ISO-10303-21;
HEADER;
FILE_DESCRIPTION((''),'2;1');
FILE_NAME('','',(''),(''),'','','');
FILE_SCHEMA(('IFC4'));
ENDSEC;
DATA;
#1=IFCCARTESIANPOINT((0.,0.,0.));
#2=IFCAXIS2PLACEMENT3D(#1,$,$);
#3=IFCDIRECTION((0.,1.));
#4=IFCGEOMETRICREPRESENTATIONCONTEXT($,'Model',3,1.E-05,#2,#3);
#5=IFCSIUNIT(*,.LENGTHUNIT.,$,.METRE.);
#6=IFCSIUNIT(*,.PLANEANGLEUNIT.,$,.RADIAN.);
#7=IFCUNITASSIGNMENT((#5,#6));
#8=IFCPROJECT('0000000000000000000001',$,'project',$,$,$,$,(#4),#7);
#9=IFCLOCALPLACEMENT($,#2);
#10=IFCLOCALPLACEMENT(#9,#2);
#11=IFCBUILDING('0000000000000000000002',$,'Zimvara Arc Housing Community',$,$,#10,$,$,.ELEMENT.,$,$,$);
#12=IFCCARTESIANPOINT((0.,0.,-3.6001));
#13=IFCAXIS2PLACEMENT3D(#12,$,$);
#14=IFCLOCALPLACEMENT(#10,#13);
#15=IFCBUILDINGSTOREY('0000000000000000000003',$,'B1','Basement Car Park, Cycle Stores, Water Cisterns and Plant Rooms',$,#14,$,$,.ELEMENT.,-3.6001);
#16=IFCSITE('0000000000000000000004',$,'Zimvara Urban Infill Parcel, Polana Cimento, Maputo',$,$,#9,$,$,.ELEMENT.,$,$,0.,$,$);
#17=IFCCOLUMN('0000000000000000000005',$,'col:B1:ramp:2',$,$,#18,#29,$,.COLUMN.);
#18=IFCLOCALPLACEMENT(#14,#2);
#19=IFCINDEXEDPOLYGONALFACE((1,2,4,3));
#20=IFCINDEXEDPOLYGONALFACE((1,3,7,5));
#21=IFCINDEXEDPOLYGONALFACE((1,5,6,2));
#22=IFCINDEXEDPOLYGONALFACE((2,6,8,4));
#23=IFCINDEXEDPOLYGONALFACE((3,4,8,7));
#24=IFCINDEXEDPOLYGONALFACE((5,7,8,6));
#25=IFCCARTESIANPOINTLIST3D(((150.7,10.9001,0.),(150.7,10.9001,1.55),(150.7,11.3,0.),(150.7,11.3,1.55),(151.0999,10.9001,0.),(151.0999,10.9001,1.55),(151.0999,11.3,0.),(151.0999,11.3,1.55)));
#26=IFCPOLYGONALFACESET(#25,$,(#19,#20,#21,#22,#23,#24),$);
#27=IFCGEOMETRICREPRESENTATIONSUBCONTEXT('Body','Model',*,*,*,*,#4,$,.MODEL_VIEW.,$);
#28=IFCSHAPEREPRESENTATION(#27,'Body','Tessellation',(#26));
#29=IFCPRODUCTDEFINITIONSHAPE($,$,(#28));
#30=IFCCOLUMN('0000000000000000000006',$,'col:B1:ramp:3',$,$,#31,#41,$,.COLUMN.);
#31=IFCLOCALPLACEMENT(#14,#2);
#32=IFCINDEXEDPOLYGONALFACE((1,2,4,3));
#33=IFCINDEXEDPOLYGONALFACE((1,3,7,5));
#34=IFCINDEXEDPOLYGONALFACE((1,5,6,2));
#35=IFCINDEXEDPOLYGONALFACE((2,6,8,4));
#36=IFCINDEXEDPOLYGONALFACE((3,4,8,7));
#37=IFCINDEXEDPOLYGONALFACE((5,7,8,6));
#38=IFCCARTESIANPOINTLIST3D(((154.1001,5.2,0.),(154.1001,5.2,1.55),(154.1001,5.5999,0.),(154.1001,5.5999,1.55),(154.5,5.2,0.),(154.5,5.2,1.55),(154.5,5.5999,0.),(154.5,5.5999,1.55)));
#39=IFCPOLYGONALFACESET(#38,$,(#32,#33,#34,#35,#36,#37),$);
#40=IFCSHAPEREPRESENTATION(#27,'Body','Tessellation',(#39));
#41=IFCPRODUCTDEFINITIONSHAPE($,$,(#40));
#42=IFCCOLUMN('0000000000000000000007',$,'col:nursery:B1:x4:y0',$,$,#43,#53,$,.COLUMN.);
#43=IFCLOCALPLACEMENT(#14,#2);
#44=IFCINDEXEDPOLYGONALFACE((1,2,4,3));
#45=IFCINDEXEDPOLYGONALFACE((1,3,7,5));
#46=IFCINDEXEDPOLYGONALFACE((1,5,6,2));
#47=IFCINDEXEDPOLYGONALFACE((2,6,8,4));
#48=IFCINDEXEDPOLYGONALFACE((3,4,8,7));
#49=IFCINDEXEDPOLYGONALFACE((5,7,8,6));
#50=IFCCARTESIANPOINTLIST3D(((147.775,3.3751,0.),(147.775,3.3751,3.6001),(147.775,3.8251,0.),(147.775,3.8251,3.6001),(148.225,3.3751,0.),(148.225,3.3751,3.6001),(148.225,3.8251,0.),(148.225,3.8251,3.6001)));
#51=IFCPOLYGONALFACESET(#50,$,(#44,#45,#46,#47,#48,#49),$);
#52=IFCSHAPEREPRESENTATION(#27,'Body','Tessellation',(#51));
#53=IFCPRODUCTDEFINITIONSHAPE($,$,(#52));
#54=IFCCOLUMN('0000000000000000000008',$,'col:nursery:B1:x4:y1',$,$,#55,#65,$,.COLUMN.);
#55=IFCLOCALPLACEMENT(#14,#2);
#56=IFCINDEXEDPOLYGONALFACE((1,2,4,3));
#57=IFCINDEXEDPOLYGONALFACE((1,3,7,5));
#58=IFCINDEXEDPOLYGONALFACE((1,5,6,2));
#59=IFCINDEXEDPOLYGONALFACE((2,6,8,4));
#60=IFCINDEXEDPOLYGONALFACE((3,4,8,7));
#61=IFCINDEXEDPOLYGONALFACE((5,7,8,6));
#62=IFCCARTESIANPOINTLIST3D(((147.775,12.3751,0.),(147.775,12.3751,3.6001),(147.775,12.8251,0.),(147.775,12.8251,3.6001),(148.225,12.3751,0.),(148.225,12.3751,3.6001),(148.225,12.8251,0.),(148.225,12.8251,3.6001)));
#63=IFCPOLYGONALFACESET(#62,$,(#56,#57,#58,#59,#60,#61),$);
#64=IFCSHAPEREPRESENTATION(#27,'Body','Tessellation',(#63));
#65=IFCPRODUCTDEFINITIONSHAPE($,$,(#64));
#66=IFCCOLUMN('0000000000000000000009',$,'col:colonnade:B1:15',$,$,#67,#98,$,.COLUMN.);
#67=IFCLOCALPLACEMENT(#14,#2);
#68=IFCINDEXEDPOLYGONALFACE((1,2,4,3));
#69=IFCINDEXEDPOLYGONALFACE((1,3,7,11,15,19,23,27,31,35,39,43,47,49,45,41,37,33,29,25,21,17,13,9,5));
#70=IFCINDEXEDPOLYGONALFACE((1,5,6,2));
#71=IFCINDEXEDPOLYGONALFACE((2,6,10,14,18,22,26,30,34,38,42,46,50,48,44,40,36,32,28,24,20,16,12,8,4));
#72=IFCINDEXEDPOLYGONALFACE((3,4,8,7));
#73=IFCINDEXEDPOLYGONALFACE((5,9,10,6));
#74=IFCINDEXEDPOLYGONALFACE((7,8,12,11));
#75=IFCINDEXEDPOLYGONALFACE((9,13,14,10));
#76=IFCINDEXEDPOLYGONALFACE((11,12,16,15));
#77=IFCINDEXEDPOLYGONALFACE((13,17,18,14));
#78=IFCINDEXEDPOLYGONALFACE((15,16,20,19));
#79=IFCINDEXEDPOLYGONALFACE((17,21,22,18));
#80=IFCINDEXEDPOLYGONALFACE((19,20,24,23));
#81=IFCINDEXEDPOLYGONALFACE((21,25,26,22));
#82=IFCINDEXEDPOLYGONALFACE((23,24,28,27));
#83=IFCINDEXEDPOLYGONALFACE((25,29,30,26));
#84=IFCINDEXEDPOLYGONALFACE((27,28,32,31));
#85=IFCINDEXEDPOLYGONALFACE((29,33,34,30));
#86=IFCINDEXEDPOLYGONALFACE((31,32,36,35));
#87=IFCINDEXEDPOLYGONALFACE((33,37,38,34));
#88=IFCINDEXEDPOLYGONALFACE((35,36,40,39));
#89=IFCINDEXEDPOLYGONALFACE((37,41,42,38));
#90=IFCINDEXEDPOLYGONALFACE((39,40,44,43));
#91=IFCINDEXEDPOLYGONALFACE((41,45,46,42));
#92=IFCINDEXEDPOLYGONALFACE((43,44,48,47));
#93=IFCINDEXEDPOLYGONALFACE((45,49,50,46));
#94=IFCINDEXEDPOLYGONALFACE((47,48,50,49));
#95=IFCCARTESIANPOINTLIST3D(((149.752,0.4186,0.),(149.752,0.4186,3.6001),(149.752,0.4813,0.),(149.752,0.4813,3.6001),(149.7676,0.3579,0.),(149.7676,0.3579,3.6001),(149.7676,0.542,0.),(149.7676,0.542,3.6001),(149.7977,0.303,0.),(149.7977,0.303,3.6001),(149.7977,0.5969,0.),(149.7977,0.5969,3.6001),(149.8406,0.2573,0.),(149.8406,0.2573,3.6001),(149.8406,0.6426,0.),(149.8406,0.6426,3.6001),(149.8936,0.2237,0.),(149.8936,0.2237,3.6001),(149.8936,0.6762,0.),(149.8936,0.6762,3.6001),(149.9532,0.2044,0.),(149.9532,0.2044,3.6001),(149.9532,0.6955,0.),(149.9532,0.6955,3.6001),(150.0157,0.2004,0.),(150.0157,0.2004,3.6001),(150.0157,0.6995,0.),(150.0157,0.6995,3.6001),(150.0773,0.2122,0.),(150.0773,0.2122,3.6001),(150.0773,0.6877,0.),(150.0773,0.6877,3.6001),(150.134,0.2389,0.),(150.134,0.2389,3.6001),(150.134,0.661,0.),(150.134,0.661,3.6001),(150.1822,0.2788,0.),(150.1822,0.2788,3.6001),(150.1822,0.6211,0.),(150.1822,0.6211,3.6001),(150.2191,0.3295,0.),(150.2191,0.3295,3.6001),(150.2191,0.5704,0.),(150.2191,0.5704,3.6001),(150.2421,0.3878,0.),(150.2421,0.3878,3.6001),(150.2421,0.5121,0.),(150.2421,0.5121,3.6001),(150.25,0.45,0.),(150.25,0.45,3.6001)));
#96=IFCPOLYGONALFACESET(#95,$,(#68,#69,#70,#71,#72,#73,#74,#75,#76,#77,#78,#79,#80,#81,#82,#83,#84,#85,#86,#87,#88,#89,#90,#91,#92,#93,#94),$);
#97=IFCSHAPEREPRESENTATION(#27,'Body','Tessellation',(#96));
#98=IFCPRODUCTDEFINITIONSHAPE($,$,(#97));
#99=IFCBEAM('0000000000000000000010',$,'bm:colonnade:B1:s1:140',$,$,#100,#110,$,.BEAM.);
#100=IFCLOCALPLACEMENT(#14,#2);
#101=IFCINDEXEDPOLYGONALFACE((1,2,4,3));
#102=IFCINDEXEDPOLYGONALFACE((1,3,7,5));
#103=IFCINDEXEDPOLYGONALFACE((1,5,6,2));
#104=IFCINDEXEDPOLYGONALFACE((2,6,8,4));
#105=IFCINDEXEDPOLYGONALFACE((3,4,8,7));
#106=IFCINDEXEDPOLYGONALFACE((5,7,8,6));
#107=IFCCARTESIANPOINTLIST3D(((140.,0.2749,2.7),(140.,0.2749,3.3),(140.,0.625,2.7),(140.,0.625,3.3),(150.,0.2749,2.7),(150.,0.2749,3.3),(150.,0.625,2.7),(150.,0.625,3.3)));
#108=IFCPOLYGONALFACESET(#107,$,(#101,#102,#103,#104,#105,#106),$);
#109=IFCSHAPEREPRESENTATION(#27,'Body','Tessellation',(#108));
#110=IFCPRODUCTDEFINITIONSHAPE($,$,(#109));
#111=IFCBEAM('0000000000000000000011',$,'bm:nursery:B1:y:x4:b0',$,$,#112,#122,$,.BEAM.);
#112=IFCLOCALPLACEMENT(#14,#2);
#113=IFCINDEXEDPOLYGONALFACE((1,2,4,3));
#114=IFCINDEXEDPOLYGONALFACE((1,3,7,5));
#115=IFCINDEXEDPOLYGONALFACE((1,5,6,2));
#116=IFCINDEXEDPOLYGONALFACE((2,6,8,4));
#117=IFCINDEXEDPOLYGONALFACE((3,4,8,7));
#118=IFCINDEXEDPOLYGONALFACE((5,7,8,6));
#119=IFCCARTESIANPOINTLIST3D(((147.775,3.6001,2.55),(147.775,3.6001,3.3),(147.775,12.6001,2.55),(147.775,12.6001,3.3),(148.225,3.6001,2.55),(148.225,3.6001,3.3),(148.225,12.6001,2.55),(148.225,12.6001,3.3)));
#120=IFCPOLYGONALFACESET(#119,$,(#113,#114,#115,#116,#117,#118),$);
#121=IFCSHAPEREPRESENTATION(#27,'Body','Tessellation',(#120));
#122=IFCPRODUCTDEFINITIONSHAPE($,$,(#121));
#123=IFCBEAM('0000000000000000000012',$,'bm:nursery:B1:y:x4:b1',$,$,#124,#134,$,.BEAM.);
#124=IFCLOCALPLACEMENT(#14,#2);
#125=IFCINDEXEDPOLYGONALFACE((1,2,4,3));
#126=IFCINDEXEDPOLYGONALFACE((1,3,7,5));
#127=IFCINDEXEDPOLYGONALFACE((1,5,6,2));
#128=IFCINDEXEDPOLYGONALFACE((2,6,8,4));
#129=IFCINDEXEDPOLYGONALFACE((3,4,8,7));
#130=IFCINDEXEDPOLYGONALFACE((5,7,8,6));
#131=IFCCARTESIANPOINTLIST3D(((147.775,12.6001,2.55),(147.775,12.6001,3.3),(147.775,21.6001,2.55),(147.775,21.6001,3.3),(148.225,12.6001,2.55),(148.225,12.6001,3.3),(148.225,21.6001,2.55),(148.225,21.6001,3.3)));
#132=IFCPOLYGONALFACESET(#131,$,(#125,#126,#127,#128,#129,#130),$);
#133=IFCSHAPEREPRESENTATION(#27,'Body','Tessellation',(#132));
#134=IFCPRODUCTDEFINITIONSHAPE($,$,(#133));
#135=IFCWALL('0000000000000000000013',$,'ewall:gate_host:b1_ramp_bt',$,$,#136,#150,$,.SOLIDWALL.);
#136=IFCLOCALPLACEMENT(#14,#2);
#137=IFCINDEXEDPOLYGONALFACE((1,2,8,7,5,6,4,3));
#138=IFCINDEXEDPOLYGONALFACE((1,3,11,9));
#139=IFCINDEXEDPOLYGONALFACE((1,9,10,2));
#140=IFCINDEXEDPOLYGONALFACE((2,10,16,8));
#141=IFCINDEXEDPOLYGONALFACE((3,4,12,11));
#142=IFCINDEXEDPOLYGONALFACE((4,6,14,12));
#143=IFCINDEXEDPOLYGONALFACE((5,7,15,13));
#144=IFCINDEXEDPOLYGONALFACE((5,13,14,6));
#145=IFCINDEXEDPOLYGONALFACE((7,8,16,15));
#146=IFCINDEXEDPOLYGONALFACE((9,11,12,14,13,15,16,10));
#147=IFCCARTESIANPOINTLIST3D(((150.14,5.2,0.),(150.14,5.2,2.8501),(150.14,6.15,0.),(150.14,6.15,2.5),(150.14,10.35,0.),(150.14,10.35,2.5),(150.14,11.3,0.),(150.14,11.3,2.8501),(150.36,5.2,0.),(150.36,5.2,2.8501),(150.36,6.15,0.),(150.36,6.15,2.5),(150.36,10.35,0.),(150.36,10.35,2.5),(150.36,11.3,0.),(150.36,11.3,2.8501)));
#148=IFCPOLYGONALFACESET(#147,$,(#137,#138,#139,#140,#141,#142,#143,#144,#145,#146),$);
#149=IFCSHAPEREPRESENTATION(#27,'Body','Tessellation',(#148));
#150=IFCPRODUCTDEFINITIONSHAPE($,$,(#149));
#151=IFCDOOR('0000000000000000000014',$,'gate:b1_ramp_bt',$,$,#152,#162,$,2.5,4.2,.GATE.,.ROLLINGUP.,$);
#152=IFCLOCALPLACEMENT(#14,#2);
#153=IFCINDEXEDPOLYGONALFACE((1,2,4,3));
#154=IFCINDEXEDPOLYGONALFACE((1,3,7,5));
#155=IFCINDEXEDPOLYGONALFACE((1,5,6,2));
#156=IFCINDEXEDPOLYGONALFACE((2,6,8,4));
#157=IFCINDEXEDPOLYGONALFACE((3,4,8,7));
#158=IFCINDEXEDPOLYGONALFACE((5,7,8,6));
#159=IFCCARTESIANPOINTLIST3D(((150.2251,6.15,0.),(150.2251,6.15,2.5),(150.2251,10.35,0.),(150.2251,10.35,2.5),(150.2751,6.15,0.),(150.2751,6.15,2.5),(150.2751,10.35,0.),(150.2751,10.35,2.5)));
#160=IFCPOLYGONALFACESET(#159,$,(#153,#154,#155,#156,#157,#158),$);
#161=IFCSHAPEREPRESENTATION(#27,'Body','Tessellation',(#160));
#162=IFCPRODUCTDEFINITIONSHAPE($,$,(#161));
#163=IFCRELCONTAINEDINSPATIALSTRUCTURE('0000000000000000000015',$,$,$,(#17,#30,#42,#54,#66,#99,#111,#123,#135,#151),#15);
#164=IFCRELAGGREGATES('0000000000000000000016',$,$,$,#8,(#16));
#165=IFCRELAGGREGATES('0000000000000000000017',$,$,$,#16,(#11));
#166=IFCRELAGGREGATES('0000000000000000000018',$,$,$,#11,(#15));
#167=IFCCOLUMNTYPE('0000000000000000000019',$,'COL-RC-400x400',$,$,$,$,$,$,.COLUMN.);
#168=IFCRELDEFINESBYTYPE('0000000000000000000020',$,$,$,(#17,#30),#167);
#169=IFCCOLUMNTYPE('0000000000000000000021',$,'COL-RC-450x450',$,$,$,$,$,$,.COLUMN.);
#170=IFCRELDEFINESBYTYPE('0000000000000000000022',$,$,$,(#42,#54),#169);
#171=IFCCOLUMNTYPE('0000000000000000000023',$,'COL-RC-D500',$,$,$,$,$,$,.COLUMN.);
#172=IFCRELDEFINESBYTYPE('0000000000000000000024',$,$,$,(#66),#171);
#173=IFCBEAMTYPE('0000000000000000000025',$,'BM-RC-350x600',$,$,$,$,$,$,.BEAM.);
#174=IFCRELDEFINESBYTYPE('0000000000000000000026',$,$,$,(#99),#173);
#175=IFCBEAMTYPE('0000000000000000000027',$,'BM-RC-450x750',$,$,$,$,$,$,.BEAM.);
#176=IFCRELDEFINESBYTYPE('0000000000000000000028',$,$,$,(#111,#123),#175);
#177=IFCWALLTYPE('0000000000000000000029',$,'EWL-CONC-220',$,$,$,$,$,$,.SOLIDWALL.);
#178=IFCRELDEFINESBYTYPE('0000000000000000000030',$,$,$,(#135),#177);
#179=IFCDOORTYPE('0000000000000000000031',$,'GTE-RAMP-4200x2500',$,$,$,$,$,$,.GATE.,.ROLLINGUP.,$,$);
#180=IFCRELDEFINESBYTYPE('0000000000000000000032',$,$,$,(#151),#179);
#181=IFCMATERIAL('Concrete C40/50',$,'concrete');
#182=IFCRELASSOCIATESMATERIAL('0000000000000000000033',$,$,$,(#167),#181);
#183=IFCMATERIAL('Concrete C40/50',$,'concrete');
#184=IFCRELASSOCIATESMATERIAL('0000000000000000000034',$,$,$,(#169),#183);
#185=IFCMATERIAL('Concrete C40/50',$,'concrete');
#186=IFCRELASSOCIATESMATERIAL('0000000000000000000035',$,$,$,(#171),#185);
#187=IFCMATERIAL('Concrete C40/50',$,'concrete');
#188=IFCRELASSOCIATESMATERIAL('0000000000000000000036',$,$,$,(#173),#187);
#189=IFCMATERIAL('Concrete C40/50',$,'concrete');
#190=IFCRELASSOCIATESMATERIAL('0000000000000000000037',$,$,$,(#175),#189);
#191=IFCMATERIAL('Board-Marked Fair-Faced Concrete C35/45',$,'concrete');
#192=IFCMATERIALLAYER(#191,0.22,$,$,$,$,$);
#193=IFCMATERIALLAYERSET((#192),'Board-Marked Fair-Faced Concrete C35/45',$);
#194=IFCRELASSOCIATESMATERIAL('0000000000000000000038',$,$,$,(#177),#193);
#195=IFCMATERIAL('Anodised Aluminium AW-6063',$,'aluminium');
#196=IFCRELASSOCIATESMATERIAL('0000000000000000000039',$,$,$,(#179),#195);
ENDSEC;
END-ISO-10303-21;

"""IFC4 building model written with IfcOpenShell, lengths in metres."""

from ifc_helpers import new_model, si_unit, direction, frame, frame_2d, origin, origin_2d, place, context, subcontext, project, spatial, rectangle, circle, extrude, material, layer, layer_set, material_profile, profile_set, type_object, element, fill, save


model = new_model("IFC4")

# Units and contexts
model_context = context("Model", 3, precision=1e-05, world=origin(), true_north=direction((0.0, 1.0)))
body_context = subcontext(model_context, "Body", "Model", "MODEL_VIEW")
ifc_project = project(units=[si_unit("LENGTHUNIT", "METRE"), si_unit("PLANEANGLEUNIT", "RADIAN")], contexts=[model_context])

# Site, building, storey
site_placement = place(None, origin())
site = spatial("IfcSite", under=ifc_project, at=site_placement, Name="Zimvara Urban Infill Parcel, Polana Cimento, Maputo", CompositionType="ELEMENT", RefElevation=0.0)
building_placement = place(site_placement, origin())
building = spatial("IfcBuilding", under=site, at=building_placement, Name="Zimvara Arc Housing Community", CompositionType="ELEMENT")
storey_placement = place(building_placement, frame((0.0, 0.0, -3.6001)))
storey = spatial("IfcBuildingStorey", under=building, at=storey_placement, Name="B1", Description="Basement Car Park, Cycle Stores, Water Cisterns and Plant Rooms", CompositionType="ELEMENT", Elevation=-3.6001)

# Columns
ifc_material_1 = material(Name="Concrete C40/50", Category="concrete")
ifc_material_profile_1 = material_profile(ifc_material_1, rectangle(XDim=0.3999, YDim=0.3999, at=origin_2d()), Name="RC 400x400")
ifc_profile_set_1 = profile_set([ifc_material_profile_1], Name="Concrete C40/50")
column_type_1 = type_object("IfcColumnType", Name="COL-RC-400x400", PredefinedType="COLUMN", material=ifc_profile_set_1)
for number, where, z_axis, x_axis, name in (
    (1, (150.8999, 11.1001, 0.0), (0.0, 0.0, 1.0), (1.0, 0.0, 0.0), "col:B1:ramp:2"),
    (2, (154.3, 5.3999, 0.0), (0.0, 0.0, 1.0), (1.0, 0.0, 0.0), "col:B1:ramp:3"),
):
    element("IfcColumn", number, at=place(storey_placement, frame(where, z_axis=z_axis, x_axis=x_axis)), inside=storey, type_object=column_type_1, Name=name, PredefinedType="COLUMN", context=body_context, shape_type="SweptSolid", body=[
        extrude(rectangle(XDim=0.3999, YDim=0.3999, at=origin_2d()), origin(), (0.0, 0.0, 1.0), 1.55),
    ])
ifc_material_2 = material(Name="Concrete C40/50", Category="concrete")
ifc_material_profile_2 = material_profile(ifc_material_2, rectangle(XDim=0.45, YDim=0.45, at=origin_2d()), Name="RC 450x450")
ifc_profile_set_2 = profile_set([ifc_material_profile_2], Name="Concrete C40/50")
column_type_2 = type_object("IfcColumnType", Name="COL-RC-450x450", PredefinedType="COLUMN", material=ifc_profile_set_2)
for number, where, z_axis, x_axis, name in (
    (3, (148.0, 3.6001, 0.0), (0.0, 0.0, 1.0), (1.0, 0.0, 0.0), "col:nursery:B1:x4:y0"),
    (4, (148.0, 12.6001, 0.0), (0.0, 0.0, 1.0), (1.0, 0.0, 0.0), "col:nursery:B1:x4:y1"),
):
    element("IfcColumn", number, at=place(storey_placement, frame(where, z_axis=z_axis, x_axis=x_axis)), inside=storey, type_object=column_type_2, Name=name, PredefinedType="COLUMN", context=body_context, shape_type="SweptSolid", body=[
        extrude(rectangle(XDim=0.45, YDim=0.45, at=origin_2d()), origin(), (0.0, 0.0, 1.0), 3.6001),
    ])
ifc_material_3 = material(Name="Concrete C40/50", Category="concrete")
ifc_material_profile_3 = material_profile(ifc_material_3, circle(Radius=0.25, at=origin_2d()), Name="RC D500")
ifc_profile_set_3 = profile_set([ifc_material_profile_3], Name="Concrete C40/50")
column_type_3 = type_object("IfcColumnType", Name="COL-RC-D500", PredefinedType="COLUMN", material=ifc_profile_set_3)
column_placement = place(storey_placement, frame((150.0, 0.45, 0.0), z_axis=(0.0, 0.0, 1.0), x_axis=(1.0, 0.0, 0.0)))
element("IfcColumn", 5, at=column_placement, inside=storey, type_object=column_type_3, Name="col:colonnade:B1:15", PredefinedType="COLUMN", context=body_context, shape_type="SweptSolid", body=[
    extrude(circle(Radius=0.25, at=origin_2d()), origin(), (0.0, 0.0, 1.0), 3.6001),
])

# Beams
ifc_material_4 = material(Name="Concrete C40/50", Category="concrete")
ifc_material_profile_4 = material_profile(ifc_material_4, rectangle(XDim=0.3501, YDim=0.6001, at=origin_2d()), Name="RC 350x600")
ifc_profile_set_4 = profile_set([ifc_material_profile_4], Name="Concrete C40/50")
beam_type_1 = type_object("IfcBeamType", Name="BM-RC-350x600", PredefinedType="BEAM", material=ifc_profile_set_4)
beam_placement = place(storey_placement, frame((140.0, 0.45, 3.0), z_axis=(1.0, 0.0, 0.0), x_axis=(0.0, 1.0, 0.0)))
element("IfcBeam", 6, at=beam_placement, inside=storey, type_object=beam_type_1, Name="bm:colonnade:B1:s1:140", PredefinedType="BEAM", context=body_context, shape_type="SweptSolid", body=[
    extrude(rectangle(XDim=0.3501, YDim=0.6001, at=origin_2d()), origin(), (0.0, 0.0, 1.0), 10.0),
])
ifc_material_5 = material(Name="Concrete C40/50", Category="concrete")
ifc_material_profile_5 = material_profile(ifc_material_5, rectangle(XDim=0.45, YDim=0.75, at=origin_2d()), Name="RC 450x750")
ifc_profile_set_5 = profile_set([ifc_material_profile_5], Name="Concrete C40/50")
beam_type_2 = type_object("IfcBeamType", Name="BM-RC-450x750", PredefinedType="BEAM", material=ifc_profile_set_5)
for number, where, z_axis, x_axis, name in (
    (7, (148.0, 3.6001, 2.925), (0.0, 1.0, 0.0), (-1.0, 0.0, 0.0), "bm:nursery:B1:y:x4:b0"),
    (8, (148.0, 12.6001, 2.925), (0.0, 1.0, 0.0), (-1.0, 0.0, 0.0), "bm:nursery:B1:y:x4:b1"),
):
    element("IfcBeam", number, at=place(storey_placement, frame(where, z_axis=z_axis, x_axis=x_axis)), inside=storey, type_object=beam_type_2, Name=name, PredefinedType="BEAM", context=body_context, shape_type="SweptSolid", body=[
        extrude(rectangle(XDim=0.45, YDim=0.75, at=origin_2d()), origin(), (0.0, 0.0, 1.0), 9.0),
    ])

# Wall, opening, door
ifc_material_6 = material(Name="Board-Marked Fair-Faced Concrete C35/45", Category="concrete")
ifc_layer = layer(ifc_material_6, 0.22)
ifc_layer_set = layer_set([ifc_layer], Name="Board-Marked Fair-Faced Concrete C35/45")
wall_type = type_object("IfcWallType", Name="EWL-CONC-220", PredefinedType="SOLIDWALL", material=ifc_layer_set)
wall_placement = place(storey_placement, frame((150.25, 5.2, 0.0), z_axis=(0.0, 0.0, 1.0), x_axis=(0.0, 1.0, 0.0)))
wall = element("IfcWall", 9, at=wall_placement, inside=storey, type_object=wall_type, Name="ewall:gate_host:b1_ramp_bt", PredefinedType="SOLIDWALL", context=body_context, shape_type="SweptSolid", body=[
    extrude(rectangle(XDim=6.1001, YDim=0.22, at=frame_2d((3.05, 0.0))), origin(), (0.0, 0.0, 1.0), 2.8501),
])
opening_placement = place(wall_placement, frame((0.95, 0.0, 0.0)))
opening = element("IfcOpeningElement", 10, at=opening_placement, cuts=wall, PredefinedType="OPENING", context=body_context, shape_type="SweptSolid", body=[
    extrude(rectangle(XDim=4.2, YDim=2.5, at=frame_2d((2.1001, 1.25))), frame((0.0, 0.1199, 0.0), z_axis=(0.0, -1.0, 0.0), x_axis=(1.0, 0.0, 0.0)), (0.0, 0.0, 1.0), 0.24),
])
ifc_material_7 = material(Name="Anodised Aluminium AW-6063", Category="aluminium")
door_type = type_object("IfcDoorType", Name="GTE-RAMP-4200x2500", OperationType="ROLLINGUP", PredefinedType="GATE", material=ifc_material_7)
door_placement = place(opening_placement, origin())
door = element("IfcDoor", 11, at=door_placement, inside=storey, type_object=door_type, Name="gate:b1_ramp_bt", OperationType="ROLLINGUP", OverallHeight=2.5, OverallWidth=4.2, PredefinedType="GATE", context=body_context, shape_type="SweptSolid", body=[
    extrude(rectangle(XDim=4.2, YDim=2.5, at=frame_2d((2.1001, 1.25))), frame((0.0, 0.0249, 0.0), z_axis=(0.0, -1.0, 0.0), x_axis=(1.0, 0.0, 0.0)), (0.0, 0.0, 1.0), 0.05),
])
fill(opening, door)

save(model, "model.ifc")
